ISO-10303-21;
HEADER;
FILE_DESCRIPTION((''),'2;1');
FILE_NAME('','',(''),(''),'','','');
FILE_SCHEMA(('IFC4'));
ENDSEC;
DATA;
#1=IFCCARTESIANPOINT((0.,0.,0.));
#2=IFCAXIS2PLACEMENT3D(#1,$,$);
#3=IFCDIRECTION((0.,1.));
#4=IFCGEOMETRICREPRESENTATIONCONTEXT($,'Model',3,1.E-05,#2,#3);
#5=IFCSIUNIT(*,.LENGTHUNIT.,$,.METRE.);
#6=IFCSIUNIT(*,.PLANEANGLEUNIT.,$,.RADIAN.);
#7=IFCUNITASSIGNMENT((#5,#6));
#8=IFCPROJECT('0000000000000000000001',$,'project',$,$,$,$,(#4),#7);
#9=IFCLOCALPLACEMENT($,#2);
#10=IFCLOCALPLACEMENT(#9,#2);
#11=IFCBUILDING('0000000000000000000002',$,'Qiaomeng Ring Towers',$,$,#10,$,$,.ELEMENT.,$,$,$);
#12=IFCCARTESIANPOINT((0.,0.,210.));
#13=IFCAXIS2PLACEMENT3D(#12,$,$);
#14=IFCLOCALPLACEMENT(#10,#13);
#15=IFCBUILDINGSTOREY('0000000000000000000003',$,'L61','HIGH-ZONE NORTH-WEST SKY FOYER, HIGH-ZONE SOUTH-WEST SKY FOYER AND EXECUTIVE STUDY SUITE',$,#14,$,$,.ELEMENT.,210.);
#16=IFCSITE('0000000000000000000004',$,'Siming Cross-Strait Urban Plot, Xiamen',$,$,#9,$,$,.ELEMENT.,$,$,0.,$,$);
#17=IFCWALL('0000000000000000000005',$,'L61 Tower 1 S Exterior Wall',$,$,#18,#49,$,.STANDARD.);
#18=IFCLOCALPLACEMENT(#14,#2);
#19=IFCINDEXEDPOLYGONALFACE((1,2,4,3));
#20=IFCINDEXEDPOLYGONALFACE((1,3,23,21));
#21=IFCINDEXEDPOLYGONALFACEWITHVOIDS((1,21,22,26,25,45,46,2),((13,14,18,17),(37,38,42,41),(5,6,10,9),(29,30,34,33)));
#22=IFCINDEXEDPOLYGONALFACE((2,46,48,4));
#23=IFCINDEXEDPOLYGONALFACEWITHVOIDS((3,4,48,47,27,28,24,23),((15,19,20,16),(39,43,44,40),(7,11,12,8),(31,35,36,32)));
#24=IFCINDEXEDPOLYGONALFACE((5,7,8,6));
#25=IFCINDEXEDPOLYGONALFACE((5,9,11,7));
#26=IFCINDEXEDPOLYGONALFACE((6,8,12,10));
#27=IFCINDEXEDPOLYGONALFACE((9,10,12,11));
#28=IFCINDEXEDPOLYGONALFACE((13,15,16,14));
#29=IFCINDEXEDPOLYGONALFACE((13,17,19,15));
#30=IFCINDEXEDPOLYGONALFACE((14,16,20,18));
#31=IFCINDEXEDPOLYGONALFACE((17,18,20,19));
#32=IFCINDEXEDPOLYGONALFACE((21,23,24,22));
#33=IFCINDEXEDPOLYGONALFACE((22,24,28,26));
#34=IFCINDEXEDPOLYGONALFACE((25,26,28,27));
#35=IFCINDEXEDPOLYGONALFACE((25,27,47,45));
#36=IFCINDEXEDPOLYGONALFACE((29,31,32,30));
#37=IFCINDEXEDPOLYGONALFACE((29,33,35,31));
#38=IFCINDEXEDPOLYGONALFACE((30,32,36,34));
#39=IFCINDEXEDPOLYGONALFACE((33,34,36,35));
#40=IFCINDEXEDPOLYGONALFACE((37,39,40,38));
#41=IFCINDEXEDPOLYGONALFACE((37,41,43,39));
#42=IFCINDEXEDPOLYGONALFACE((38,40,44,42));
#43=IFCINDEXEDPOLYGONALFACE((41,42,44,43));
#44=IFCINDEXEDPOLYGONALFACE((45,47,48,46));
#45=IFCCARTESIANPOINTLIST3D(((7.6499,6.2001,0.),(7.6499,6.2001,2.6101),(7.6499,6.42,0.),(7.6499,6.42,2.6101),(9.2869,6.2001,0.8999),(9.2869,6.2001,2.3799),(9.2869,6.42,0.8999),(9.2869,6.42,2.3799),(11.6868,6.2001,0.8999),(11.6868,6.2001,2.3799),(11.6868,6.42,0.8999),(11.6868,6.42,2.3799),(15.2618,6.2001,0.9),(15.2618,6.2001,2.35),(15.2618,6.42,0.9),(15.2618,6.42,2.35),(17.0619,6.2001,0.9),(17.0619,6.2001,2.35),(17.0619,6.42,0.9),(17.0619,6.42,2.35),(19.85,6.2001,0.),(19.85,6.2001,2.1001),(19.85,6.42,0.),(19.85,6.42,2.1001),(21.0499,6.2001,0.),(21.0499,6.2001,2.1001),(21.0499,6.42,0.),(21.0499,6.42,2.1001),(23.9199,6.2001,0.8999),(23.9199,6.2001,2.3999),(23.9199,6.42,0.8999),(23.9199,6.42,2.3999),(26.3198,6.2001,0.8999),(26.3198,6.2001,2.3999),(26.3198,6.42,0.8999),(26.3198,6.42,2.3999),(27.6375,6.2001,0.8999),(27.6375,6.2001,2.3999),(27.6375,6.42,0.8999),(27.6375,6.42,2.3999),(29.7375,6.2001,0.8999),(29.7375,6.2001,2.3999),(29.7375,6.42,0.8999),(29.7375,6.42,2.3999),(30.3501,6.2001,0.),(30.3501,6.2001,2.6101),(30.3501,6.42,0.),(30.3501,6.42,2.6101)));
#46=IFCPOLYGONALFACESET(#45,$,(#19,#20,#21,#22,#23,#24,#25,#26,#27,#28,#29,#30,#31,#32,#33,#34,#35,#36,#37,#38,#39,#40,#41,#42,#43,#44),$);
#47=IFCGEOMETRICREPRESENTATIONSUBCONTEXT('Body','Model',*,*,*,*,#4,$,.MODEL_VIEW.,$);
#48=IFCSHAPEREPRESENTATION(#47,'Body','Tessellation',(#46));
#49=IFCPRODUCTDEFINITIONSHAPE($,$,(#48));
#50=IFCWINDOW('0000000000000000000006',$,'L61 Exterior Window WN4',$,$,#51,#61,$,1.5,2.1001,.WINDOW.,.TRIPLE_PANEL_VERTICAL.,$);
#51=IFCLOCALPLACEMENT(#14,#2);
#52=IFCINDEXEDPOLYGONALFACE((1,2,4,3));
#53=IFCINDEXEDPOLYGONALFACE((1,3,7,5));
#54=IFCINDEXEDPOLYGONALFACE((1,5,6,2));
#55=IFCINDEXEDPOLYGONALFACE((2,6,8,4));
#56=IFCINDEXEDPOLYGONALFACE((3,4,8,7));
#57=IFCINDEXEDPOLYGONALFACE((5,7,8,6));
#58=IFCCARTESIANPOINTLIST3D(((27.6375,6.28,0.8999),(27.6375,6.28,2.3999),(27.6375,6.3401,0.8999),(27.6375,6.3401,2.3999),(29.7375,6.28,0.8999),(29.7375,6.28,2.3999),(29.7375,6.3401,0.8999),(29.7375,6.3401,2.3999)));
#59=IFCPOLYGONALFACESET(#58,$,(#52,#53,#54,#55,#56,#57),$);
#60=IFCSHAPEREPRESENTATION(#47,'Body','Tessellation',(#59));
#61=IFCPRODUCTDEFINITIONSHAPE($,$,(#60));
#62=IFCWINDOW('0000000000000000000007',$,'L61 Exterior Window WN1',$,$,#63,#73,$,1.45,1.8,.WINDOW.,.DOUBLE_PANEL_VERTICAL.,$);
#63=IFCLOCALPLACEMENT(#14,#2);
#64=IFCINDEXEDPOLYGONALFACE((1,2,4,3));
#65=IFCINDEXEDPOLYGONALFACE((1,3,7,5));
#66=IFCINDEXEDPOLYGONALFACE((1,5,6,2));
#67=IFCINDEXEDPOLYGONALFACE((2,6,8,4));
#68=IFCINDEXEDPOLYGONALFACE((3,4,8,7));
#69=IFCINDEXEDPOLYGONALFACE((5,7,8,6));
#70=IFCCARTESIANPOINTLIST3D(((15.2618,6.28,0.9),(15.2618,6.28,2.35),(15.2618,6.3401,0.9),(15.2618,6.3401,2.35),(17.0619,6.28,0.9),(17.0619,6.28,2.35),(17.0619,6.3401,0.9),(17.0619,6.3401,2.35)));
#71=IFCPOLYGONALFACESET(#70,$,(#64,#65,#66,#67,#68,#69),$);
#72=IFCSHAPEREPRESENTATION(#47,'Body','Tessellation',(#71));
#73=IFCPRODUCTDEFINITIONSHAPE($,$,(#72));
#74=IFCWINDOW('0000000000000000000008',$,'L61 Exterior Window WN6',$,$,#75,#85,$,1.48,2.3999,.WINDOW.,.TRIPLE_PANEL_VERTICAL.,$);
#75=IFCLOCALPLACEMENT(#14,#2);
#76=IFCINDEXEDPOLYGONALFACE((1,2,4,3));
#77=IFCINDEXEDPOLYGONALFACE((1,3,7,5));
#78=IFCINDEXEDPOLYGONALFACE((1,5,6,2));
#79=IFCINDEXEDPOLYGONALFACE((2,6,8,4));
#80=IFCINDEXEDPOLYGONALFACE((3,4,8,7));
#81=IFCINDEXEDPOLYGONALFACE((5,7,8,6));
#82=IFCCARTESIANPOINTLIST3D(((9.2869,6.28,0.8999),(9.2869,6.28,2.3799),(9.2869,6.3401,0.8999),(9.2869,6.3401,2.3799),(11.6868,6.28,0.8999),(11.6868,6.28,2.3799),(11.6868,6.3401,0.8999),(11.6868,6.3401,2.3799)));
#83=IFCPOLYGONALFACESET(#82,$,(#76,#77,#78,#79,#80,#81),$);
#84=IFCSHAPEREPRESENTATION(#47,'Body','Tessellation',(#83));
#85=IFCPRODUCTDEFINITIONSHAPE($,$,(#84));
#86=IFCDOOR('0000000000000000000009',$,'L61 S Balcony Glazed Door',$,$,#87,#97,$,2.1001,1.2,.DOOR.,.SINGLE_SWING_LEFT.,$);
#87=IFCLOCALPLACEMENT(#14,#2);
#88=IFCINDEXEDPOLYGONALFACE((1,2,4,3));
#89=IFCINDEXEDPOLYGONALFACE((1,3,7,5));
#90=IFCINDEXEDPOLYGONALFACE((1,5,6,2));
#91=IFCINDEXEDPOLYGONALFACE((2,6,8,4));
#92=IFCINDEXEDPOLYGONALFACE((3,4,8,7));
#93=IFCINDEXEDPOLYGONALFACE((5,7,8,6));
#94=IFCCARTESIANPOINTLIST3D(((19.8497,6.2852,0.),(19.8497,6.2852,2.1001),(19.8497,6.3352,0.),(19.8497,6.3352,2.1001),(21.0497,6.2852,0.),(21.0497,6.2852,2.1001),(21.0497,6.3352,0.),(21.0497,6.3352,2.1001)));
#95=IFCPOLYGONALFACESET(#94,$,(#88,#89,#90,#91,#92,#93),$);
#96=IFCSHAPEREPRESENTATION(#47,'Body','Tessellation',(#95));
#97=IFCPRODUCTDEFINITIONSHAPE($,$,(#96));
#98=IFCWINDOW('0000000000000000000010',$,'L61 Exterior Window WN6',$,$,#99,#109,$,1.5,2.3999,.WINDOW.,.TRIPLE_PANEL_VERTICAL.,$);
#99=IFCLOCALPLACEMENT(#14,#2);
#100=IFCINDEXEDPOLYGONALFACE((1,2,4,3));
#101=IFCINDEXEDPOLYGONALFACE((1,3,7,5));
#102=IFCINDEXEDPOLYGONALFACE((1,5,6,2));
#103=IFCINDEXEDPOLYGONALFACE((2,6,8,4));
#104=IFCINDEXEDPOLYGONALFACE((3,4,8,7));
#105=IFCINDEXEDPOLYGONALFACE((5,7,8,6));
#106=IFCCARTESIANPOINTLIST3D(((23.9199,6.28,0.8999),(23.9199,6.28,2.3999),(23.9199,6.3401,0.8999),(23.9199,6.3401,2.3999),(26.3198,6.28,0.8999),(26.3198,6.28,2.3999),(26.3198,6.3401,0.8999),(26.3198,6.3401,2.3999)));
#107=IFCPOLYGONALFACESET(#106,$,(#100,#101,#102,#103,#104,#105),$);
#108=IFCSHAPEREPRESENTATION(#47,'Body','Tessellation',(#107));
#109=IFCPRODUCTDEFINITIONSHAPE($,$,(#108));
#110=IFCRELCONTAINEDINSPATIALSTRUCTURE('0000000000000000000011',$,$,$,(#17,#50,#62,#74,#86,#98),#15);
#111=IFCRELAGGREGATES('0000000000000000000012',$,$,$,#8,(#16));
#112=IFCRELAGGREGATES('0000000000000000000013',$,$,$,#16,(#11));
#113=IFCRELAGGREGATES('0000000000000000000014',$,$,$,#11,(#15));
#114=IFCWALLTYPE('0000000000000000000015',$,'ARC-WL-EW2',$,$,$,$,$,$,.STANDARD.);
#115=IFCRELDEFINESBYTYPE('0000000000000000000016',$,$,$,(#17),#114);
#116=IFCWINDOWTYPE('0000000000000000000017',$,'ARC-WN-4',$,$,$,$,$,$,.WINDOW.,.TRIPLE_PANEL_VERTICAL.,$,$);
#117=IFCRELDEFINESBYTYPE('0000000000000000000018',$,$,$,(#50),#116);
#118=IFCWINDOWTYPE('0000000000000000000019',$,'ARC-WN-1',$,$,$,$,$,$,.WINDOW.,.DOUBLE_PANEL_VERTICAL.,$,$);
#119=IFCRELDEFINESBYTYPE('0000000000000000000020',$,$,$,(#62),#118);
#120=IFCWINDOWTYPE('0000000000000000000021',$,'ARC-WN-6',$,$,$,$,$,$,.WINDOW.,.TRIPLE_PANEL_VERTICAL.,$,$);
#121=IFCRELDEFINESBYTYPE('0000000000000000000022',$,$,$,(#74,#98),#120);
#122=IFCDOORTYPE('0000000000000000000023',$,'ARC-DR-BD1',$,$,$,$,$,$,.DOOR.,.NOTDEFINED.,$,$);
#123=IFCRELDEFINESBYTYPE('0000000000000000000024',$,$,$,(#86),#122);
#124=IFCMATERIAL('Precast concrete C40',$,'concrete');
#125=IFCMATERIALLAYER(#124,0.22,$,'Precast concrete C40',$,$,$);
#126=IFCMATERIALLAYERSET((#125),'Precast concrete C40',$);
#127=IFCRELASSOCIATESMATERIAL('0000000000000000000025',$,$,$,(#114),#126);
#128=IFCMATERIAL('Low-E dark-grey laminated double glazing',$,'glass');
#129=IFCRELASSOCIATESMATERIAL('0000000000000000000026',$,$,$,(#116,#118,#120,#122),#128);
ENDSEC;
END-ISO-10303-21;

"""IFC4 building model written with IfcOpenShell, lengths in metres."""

from ifc_helpers import new_model, si_unit, direction, frame, frame_2d, origin, place, context, subcontext, project, spatial, rectangle, extrude, source, transform, mapped, material, layer, layer_set, type_object, element, fill, save


model = new_model("IFC4")

# Units and contexts
model_context = context("Model", 3, precision=1e-05, world=origin(), true_north=direction((0.0, 1.0)))
body_context = subcontext(model_context, "Body", "Model", "MODEL_VIEW")
ifc_project = project(units=[si_unit("LENGTHUNIT", "METRE"), si_unit("PLANEANGLEUNIT", "RADIAN")], contexts=[model_context])

# Site, building, storey
site_placement = place(None, origin())
site = spatial("IfcSite", under=ifc_project, at=site_placement, Name="Siming Cross-Strait Urban Plot, Xiamen", CompositionType="ELEMENT", RefElevation=0.0)
building_placement = place(site_placement, origin())
building = spatial("IfcBuilding", under=site, at=building_placement, Name="Qiaomeng Ring Towers", CompositionType="ELEMENT")
storey_placement = place(building_placement, frame((0.0, 0.0, 210.0)))
storey = spatial("IfcBuildingStorey", under=building, at=storey_placement, Name="L61", Description="HIGH-ZONE NORTH-WEST SKY FOYER, HIGH-ZONE SOUTH-WEST SKY FOYER AND EXECUTIVE STUDY SUITE", CompositionType="ELEMENT", Elevation=210.0)

# Shared definitions
ifc_material_1 = material(Name="Low-E dark-grey laminated double glazing", Category="glass")

# Wall, openings, windows, door
ifc_material_2 = material(Name="Precast concrete C40", Category="concrete")
ifc_layer_1 = layer(ifc_material_2, 0.22, Name="Precast concrete C40")
ifc_layer_set_1 = layer_set([ifc_layer_1], Name="Precast concrete C40")
wall_type = type_object("IfcWallType", Name="ARC-WL-EW2", PredefinedType="STANDARD", material=ifc_layer_set_1)
wall_placement = place(storey_placement, frame((7.6499, 6.3101, 0.0), z_axis=(0.0, 0.0, 1.0), x_axis=(1.0, 0.0, 0.0)))
wall = element("IfcWall", 1, at=wall_placement, inside=storey, type_object=wall_type, Name="L61 Tower 1 S Exterior Wall", PredefinedType="STANDARD", context=body_context, shape_type="SweptSolid", body=[
    extrude(rectangle(XDim=22.7002, YDim=0.22, at=frame_2d((11.3501, 0.0))), origin(), (0.0, 0.0, 1.0), 2.6101),
])
opening_1_placement = place(wall_placement, frame((12.2, 0.0, 0.0)))
opening_1 = element("IfcOpeningElement", 2, at=opening_1_placement, cuts=wall, PredefinedType="OPENING", context=body_context, shape_type="SweptSolid", body=[
    extrude(rectangle(XDim=1.2, YDim=2.1001, at=frame_2d((0.6001, 1.05))), frame((0.0, 0.1199, 0.0), z_axis=(0.0, -1.0, 0.0), x_axis=(1.0, 0.0, 0.0)), (0.0, 0.0, 1.0), 0.24),
])
opening_2_placement = place(wall_placement, frame((1.637, 0.0, 0.8999)))
opening_2 = element("IfcOpeningElement", 3, at=opening_2_placement, cuts=wall, PredefinedType="OPENING", context=body_context, shape_type="SweptSolid", body=[
    extrude(rectangle(XDim=2.3999, YDim=1.48, at=frame_2d((1.2, 0.74))), frame((0.0, 0.1199, 0.0), z_axis=(0.0, -1.0, 0.0), x_axis=(1.0, 0.0, 0.0)), (0.0, 0.0, 1.0), 0.24),
])
opening_3_placement = place(wall_placement, frame((7.6121, 0.0, 0.8999)))
opening_3 = element("IfcOpeningElement", 4, at=opening_3_placement, cuts=wall, PredefinedType="OPENING", context=body_context, shape_type="SweptSolid", body=[
    extrude(rectangle(XDim=1.8, YDim=1.45, at=frame_2d((0.8999, 0.7251))), frame((0.0, 0.1199, 0.0), z_axis=(0.0, -1.0, 0.0), x_axis=(1.0, 0.0, 0.0)), (0.0, 0.0, 1.0), 0.24),
])
opening_4_placement = place(wall_placement, frame((19.9875, 0.0, 0.8999)))
opening_4 = element("IfcOpeningElement", 5, at=opening_4_placement, cuts=wall, PredefinedType="OPENING", context=body_context, shape_type="SweptSolid", body=[
    extrude(rectangle(XDim=2.1001, YDim=1.5, at=frame_2d((1.05, 0.75))), frame((0.0, 0.1199, 0.0), z_axis=(0.0, -1.0, 0.0), x_axis=(1.0, 0.0, 0.0)), (0.0, 0.0, 1.0), 0.24),
])
opening_5_placement = place(wall_placement, frame((16.27, 0.0, 0.8999)))
opening_5 = element("IfcOpeningElement", 6, at=opening_5_placement, cuts=wall, PredefinedType="OPENING", context=body_context, shape_type="SweptSolid", body=[
    extrude(rectangle(XDim=2.3999, YDim=1.5, at=frame_2d((1.2, 0.75))), frame((0.0, 0.1199, 0.0), z_axis=(0.0, -1.0, 0.0), x_axis=(1.0, 0.0, 0.0)), (0.0, 0.0, 1.0), 0.24),
])
window_type_1 = type_object("IfcWindowType", Name="ARC-WN-4", PartitioningType="TRIPLE_PANEL_VERTICAL", PredefinedType="WINDOW", material=ifc_material_1)
shared_shape_1 = source(origin(), body_context, "Body", "SweptSolid", [
    extrude(rectangle(XDim=2.1001, YDim=1.5, at=frame_2d((1.05, 0.75))), frame((0.0, 0.03, 0.0), z_axis=(0.0, -1.0, 0.0), x_axis=(1.0, 0.0, 0.0)), (0.0, 0.0, 1.0), 0.0601),
])
window_1_placement = place(opening_4_placement, origin())
window_1 = element("IfcWindow", 7, at=window_1_placement, inside=storey, type_object=window_type_1, Name="L61 Exterior Window WN4", OverallHeight=1.5, OverallWidth=2.1001, PartitioningType="TRIPLE_PANEL_VERTICAL", PredefinedType="WINDOW", context=body_context, shape_type="MappedRepresentation", body=[
    mapped(shared_shape_1, transform((0.0, 0.0, 0.0), x_axis=(1.0, 0.0, 0.0), y_axis=(0.0, 1.0, 0.0), z_axis=(0.0, 0.0, 1.0), scale=1.0)),
])
fill(opening_4, window_1)
window_type_2 = type_object("IfcWindowType", Name="ARC-WN-1", PartitioningType="DOUBLE_PANEL_VERTICAL", PredefinedType="WINDOW", material=ifc_material_1)
shared_shape_2 = source(origin(), body_context, "Body", "SweptSolid", [
    extrude(rectangle(XDim=1.8, YDim=1.45, at=frame_2d((0.8999, 0.7251))), frame((0.0, 0.03, 0.0), z_axis=(0.0, -1.0, 0.0), x_axis=(1.0, 0.0, 0.0)), (0.0, 0.0, 1.0), 0.0601),
])
window_2_placement = place(opening_3_placement, origin())
window_2 = element("IfcWindow", 8, at=window_2_placement, inside=storey, type_object=window_type_2, Name="L61 Exterior Window WN1", OverallHeight=1.45, OverallWidth=1.8, PartitioningType="DOUBLE_PANEL_VERTICAL", PredefinedType="WINDOW", context=body_context, shape_type="MappedRepresentation", body=[
    mapped(shared_shape_2, transform((0.0, 0.0, 0.0), x_axis=(1.0, 0.0, 0.0), y_axis=(0.0, 1.0, 0.0), z_axis=(0.0, 0.0, 1.0), scale=1.0)),
])
fill(opening_3, window_2)
window_type_3 = type_object("IfcWindowType", Name="ARC-WN-6", PartitioningType="TRIPLE_PANEL_VERTICAL", PredefinedType="WINDOW", material=ifc_material_1)
shared_shape_3 = source(origin(), body_context, "Body", "SweptSolid", [
    extrude(rectangle(XDim=2.3999, YDim=1.48, at=frame_2d((1.2, 0.74))), frame((0.0, 0.03, 0.0), z_axis=(0.0, -1.0, 0.0), x_axis=(1.0, 0.0, 0.0)), (0.0, 0.0, 1.0), 0.0601),
])
window_3_placement = place(opening_2_placement, origin())
window_3 = element("IfcWindow", 9, at=window_3_placement, inside=storey, type_object=window_type_3, Name="L61 Exterior Window WN6", OverallHeight=1.48, OverallWidth=2.3999, PartitioningType="TRIPLE_PANEL_VERTICAL", PredefinedType="WINDOW", context=body_context, shape_type="MappedRepresentation", body=[
    mapped(shared_shape_3, transform((0.0, 0.0, 0.0), x_axis=(1.0, 0.0, 0.0), y_axis=(0.0, 1.0, 0.0), z_axis=(0.0, 0.0, 1.0), scale=1.0)),
])
fill(opening_2, window_3)
door_type = type_object("IfcDoorType", Name="ARC-DR-BD1", OperationType="NOTDEFINED", PredefinedType="DOOR", material=ifc_material_1)
shared_shape_4 = source(origin(), body_context, "Body", "SweptSolid", [
    extrude(rectangle(XDim=1.2, YDim=2.1001, at=frame_2d((0.6001, 1.05))), frame((0.0, 0.0249, 0.0), z_axis=(0.0, -1.0, 0.0), x_axis=(1.0, 0.0, 0.0)), (0.0, 0.0, 1.0), 0.05),
])
door_placement = place(opening_1_placement, frame((1.2, 0.0, 0.0), z_axis=(0.0, 0.0, 1.0), x_axis=(-1.0, 0.0, 0.0)))
door = element("IfcDoor", 10, at=door_placement, inside=storey, type_object=door_type, Name="L61 S Balcony Glazed Door", OperationType="SINGLE_SWING_LEFT", OverallHeight=2.1001, OverallWidth=1.2, PredefinedType="DOOR", context=body_context, shape_type="MappedRepresentation", body=[
    mapped(shared_shape_4, transform((0.0, 0.0, 0.0), x_axis=(1.0, 0.0, 0.0), y_axis=(0.0, 1.0, 0.0), z_axis=(0.0, 0.0, 1.0), scale=1.0)),
])
fill(opening_1, door)
shared_shape_5 = source(origin(), body_context, "Body", "SweptSolid", [
    extrude(rectangle(XDim=2.3999, YDim=1.5, at=frame_2d((1.2, 0.75))), frame((0.0, 0.03, 0.0), z_axis=(0.0, -1.0, 0.0), x_axis=(1.0, 0.0, 0.0)), (0.0, 0.0, 1.0), 0.0601),
])
window_4_placement = place(opening_5_placement, origin())
window_4 = element("IfcWindow", 11, at=window_4_placement, inside=storey, type_object=window_type_3, Name="L61 Exterior Window WN6", OverallHeight=1.5, OverallWidth=2.3999, PartitioningType="TRIPLE_PANEL_VERTICAL", PredefinedType="WINDOW", context=body_context, shape_type="MappedRepresentation", body=[
    mapped(shared_shape_5, transform((0.0, 0.0, 0.0), x_axis=(1.0, 0.0, 0.0), y_axis=(0.0, 1.0, 0.0), z_axis=(0.0, 0.0, 1.0), scale=1.0)),
])
fill(opening_5, window_4)

save(model, "model.ifc")
